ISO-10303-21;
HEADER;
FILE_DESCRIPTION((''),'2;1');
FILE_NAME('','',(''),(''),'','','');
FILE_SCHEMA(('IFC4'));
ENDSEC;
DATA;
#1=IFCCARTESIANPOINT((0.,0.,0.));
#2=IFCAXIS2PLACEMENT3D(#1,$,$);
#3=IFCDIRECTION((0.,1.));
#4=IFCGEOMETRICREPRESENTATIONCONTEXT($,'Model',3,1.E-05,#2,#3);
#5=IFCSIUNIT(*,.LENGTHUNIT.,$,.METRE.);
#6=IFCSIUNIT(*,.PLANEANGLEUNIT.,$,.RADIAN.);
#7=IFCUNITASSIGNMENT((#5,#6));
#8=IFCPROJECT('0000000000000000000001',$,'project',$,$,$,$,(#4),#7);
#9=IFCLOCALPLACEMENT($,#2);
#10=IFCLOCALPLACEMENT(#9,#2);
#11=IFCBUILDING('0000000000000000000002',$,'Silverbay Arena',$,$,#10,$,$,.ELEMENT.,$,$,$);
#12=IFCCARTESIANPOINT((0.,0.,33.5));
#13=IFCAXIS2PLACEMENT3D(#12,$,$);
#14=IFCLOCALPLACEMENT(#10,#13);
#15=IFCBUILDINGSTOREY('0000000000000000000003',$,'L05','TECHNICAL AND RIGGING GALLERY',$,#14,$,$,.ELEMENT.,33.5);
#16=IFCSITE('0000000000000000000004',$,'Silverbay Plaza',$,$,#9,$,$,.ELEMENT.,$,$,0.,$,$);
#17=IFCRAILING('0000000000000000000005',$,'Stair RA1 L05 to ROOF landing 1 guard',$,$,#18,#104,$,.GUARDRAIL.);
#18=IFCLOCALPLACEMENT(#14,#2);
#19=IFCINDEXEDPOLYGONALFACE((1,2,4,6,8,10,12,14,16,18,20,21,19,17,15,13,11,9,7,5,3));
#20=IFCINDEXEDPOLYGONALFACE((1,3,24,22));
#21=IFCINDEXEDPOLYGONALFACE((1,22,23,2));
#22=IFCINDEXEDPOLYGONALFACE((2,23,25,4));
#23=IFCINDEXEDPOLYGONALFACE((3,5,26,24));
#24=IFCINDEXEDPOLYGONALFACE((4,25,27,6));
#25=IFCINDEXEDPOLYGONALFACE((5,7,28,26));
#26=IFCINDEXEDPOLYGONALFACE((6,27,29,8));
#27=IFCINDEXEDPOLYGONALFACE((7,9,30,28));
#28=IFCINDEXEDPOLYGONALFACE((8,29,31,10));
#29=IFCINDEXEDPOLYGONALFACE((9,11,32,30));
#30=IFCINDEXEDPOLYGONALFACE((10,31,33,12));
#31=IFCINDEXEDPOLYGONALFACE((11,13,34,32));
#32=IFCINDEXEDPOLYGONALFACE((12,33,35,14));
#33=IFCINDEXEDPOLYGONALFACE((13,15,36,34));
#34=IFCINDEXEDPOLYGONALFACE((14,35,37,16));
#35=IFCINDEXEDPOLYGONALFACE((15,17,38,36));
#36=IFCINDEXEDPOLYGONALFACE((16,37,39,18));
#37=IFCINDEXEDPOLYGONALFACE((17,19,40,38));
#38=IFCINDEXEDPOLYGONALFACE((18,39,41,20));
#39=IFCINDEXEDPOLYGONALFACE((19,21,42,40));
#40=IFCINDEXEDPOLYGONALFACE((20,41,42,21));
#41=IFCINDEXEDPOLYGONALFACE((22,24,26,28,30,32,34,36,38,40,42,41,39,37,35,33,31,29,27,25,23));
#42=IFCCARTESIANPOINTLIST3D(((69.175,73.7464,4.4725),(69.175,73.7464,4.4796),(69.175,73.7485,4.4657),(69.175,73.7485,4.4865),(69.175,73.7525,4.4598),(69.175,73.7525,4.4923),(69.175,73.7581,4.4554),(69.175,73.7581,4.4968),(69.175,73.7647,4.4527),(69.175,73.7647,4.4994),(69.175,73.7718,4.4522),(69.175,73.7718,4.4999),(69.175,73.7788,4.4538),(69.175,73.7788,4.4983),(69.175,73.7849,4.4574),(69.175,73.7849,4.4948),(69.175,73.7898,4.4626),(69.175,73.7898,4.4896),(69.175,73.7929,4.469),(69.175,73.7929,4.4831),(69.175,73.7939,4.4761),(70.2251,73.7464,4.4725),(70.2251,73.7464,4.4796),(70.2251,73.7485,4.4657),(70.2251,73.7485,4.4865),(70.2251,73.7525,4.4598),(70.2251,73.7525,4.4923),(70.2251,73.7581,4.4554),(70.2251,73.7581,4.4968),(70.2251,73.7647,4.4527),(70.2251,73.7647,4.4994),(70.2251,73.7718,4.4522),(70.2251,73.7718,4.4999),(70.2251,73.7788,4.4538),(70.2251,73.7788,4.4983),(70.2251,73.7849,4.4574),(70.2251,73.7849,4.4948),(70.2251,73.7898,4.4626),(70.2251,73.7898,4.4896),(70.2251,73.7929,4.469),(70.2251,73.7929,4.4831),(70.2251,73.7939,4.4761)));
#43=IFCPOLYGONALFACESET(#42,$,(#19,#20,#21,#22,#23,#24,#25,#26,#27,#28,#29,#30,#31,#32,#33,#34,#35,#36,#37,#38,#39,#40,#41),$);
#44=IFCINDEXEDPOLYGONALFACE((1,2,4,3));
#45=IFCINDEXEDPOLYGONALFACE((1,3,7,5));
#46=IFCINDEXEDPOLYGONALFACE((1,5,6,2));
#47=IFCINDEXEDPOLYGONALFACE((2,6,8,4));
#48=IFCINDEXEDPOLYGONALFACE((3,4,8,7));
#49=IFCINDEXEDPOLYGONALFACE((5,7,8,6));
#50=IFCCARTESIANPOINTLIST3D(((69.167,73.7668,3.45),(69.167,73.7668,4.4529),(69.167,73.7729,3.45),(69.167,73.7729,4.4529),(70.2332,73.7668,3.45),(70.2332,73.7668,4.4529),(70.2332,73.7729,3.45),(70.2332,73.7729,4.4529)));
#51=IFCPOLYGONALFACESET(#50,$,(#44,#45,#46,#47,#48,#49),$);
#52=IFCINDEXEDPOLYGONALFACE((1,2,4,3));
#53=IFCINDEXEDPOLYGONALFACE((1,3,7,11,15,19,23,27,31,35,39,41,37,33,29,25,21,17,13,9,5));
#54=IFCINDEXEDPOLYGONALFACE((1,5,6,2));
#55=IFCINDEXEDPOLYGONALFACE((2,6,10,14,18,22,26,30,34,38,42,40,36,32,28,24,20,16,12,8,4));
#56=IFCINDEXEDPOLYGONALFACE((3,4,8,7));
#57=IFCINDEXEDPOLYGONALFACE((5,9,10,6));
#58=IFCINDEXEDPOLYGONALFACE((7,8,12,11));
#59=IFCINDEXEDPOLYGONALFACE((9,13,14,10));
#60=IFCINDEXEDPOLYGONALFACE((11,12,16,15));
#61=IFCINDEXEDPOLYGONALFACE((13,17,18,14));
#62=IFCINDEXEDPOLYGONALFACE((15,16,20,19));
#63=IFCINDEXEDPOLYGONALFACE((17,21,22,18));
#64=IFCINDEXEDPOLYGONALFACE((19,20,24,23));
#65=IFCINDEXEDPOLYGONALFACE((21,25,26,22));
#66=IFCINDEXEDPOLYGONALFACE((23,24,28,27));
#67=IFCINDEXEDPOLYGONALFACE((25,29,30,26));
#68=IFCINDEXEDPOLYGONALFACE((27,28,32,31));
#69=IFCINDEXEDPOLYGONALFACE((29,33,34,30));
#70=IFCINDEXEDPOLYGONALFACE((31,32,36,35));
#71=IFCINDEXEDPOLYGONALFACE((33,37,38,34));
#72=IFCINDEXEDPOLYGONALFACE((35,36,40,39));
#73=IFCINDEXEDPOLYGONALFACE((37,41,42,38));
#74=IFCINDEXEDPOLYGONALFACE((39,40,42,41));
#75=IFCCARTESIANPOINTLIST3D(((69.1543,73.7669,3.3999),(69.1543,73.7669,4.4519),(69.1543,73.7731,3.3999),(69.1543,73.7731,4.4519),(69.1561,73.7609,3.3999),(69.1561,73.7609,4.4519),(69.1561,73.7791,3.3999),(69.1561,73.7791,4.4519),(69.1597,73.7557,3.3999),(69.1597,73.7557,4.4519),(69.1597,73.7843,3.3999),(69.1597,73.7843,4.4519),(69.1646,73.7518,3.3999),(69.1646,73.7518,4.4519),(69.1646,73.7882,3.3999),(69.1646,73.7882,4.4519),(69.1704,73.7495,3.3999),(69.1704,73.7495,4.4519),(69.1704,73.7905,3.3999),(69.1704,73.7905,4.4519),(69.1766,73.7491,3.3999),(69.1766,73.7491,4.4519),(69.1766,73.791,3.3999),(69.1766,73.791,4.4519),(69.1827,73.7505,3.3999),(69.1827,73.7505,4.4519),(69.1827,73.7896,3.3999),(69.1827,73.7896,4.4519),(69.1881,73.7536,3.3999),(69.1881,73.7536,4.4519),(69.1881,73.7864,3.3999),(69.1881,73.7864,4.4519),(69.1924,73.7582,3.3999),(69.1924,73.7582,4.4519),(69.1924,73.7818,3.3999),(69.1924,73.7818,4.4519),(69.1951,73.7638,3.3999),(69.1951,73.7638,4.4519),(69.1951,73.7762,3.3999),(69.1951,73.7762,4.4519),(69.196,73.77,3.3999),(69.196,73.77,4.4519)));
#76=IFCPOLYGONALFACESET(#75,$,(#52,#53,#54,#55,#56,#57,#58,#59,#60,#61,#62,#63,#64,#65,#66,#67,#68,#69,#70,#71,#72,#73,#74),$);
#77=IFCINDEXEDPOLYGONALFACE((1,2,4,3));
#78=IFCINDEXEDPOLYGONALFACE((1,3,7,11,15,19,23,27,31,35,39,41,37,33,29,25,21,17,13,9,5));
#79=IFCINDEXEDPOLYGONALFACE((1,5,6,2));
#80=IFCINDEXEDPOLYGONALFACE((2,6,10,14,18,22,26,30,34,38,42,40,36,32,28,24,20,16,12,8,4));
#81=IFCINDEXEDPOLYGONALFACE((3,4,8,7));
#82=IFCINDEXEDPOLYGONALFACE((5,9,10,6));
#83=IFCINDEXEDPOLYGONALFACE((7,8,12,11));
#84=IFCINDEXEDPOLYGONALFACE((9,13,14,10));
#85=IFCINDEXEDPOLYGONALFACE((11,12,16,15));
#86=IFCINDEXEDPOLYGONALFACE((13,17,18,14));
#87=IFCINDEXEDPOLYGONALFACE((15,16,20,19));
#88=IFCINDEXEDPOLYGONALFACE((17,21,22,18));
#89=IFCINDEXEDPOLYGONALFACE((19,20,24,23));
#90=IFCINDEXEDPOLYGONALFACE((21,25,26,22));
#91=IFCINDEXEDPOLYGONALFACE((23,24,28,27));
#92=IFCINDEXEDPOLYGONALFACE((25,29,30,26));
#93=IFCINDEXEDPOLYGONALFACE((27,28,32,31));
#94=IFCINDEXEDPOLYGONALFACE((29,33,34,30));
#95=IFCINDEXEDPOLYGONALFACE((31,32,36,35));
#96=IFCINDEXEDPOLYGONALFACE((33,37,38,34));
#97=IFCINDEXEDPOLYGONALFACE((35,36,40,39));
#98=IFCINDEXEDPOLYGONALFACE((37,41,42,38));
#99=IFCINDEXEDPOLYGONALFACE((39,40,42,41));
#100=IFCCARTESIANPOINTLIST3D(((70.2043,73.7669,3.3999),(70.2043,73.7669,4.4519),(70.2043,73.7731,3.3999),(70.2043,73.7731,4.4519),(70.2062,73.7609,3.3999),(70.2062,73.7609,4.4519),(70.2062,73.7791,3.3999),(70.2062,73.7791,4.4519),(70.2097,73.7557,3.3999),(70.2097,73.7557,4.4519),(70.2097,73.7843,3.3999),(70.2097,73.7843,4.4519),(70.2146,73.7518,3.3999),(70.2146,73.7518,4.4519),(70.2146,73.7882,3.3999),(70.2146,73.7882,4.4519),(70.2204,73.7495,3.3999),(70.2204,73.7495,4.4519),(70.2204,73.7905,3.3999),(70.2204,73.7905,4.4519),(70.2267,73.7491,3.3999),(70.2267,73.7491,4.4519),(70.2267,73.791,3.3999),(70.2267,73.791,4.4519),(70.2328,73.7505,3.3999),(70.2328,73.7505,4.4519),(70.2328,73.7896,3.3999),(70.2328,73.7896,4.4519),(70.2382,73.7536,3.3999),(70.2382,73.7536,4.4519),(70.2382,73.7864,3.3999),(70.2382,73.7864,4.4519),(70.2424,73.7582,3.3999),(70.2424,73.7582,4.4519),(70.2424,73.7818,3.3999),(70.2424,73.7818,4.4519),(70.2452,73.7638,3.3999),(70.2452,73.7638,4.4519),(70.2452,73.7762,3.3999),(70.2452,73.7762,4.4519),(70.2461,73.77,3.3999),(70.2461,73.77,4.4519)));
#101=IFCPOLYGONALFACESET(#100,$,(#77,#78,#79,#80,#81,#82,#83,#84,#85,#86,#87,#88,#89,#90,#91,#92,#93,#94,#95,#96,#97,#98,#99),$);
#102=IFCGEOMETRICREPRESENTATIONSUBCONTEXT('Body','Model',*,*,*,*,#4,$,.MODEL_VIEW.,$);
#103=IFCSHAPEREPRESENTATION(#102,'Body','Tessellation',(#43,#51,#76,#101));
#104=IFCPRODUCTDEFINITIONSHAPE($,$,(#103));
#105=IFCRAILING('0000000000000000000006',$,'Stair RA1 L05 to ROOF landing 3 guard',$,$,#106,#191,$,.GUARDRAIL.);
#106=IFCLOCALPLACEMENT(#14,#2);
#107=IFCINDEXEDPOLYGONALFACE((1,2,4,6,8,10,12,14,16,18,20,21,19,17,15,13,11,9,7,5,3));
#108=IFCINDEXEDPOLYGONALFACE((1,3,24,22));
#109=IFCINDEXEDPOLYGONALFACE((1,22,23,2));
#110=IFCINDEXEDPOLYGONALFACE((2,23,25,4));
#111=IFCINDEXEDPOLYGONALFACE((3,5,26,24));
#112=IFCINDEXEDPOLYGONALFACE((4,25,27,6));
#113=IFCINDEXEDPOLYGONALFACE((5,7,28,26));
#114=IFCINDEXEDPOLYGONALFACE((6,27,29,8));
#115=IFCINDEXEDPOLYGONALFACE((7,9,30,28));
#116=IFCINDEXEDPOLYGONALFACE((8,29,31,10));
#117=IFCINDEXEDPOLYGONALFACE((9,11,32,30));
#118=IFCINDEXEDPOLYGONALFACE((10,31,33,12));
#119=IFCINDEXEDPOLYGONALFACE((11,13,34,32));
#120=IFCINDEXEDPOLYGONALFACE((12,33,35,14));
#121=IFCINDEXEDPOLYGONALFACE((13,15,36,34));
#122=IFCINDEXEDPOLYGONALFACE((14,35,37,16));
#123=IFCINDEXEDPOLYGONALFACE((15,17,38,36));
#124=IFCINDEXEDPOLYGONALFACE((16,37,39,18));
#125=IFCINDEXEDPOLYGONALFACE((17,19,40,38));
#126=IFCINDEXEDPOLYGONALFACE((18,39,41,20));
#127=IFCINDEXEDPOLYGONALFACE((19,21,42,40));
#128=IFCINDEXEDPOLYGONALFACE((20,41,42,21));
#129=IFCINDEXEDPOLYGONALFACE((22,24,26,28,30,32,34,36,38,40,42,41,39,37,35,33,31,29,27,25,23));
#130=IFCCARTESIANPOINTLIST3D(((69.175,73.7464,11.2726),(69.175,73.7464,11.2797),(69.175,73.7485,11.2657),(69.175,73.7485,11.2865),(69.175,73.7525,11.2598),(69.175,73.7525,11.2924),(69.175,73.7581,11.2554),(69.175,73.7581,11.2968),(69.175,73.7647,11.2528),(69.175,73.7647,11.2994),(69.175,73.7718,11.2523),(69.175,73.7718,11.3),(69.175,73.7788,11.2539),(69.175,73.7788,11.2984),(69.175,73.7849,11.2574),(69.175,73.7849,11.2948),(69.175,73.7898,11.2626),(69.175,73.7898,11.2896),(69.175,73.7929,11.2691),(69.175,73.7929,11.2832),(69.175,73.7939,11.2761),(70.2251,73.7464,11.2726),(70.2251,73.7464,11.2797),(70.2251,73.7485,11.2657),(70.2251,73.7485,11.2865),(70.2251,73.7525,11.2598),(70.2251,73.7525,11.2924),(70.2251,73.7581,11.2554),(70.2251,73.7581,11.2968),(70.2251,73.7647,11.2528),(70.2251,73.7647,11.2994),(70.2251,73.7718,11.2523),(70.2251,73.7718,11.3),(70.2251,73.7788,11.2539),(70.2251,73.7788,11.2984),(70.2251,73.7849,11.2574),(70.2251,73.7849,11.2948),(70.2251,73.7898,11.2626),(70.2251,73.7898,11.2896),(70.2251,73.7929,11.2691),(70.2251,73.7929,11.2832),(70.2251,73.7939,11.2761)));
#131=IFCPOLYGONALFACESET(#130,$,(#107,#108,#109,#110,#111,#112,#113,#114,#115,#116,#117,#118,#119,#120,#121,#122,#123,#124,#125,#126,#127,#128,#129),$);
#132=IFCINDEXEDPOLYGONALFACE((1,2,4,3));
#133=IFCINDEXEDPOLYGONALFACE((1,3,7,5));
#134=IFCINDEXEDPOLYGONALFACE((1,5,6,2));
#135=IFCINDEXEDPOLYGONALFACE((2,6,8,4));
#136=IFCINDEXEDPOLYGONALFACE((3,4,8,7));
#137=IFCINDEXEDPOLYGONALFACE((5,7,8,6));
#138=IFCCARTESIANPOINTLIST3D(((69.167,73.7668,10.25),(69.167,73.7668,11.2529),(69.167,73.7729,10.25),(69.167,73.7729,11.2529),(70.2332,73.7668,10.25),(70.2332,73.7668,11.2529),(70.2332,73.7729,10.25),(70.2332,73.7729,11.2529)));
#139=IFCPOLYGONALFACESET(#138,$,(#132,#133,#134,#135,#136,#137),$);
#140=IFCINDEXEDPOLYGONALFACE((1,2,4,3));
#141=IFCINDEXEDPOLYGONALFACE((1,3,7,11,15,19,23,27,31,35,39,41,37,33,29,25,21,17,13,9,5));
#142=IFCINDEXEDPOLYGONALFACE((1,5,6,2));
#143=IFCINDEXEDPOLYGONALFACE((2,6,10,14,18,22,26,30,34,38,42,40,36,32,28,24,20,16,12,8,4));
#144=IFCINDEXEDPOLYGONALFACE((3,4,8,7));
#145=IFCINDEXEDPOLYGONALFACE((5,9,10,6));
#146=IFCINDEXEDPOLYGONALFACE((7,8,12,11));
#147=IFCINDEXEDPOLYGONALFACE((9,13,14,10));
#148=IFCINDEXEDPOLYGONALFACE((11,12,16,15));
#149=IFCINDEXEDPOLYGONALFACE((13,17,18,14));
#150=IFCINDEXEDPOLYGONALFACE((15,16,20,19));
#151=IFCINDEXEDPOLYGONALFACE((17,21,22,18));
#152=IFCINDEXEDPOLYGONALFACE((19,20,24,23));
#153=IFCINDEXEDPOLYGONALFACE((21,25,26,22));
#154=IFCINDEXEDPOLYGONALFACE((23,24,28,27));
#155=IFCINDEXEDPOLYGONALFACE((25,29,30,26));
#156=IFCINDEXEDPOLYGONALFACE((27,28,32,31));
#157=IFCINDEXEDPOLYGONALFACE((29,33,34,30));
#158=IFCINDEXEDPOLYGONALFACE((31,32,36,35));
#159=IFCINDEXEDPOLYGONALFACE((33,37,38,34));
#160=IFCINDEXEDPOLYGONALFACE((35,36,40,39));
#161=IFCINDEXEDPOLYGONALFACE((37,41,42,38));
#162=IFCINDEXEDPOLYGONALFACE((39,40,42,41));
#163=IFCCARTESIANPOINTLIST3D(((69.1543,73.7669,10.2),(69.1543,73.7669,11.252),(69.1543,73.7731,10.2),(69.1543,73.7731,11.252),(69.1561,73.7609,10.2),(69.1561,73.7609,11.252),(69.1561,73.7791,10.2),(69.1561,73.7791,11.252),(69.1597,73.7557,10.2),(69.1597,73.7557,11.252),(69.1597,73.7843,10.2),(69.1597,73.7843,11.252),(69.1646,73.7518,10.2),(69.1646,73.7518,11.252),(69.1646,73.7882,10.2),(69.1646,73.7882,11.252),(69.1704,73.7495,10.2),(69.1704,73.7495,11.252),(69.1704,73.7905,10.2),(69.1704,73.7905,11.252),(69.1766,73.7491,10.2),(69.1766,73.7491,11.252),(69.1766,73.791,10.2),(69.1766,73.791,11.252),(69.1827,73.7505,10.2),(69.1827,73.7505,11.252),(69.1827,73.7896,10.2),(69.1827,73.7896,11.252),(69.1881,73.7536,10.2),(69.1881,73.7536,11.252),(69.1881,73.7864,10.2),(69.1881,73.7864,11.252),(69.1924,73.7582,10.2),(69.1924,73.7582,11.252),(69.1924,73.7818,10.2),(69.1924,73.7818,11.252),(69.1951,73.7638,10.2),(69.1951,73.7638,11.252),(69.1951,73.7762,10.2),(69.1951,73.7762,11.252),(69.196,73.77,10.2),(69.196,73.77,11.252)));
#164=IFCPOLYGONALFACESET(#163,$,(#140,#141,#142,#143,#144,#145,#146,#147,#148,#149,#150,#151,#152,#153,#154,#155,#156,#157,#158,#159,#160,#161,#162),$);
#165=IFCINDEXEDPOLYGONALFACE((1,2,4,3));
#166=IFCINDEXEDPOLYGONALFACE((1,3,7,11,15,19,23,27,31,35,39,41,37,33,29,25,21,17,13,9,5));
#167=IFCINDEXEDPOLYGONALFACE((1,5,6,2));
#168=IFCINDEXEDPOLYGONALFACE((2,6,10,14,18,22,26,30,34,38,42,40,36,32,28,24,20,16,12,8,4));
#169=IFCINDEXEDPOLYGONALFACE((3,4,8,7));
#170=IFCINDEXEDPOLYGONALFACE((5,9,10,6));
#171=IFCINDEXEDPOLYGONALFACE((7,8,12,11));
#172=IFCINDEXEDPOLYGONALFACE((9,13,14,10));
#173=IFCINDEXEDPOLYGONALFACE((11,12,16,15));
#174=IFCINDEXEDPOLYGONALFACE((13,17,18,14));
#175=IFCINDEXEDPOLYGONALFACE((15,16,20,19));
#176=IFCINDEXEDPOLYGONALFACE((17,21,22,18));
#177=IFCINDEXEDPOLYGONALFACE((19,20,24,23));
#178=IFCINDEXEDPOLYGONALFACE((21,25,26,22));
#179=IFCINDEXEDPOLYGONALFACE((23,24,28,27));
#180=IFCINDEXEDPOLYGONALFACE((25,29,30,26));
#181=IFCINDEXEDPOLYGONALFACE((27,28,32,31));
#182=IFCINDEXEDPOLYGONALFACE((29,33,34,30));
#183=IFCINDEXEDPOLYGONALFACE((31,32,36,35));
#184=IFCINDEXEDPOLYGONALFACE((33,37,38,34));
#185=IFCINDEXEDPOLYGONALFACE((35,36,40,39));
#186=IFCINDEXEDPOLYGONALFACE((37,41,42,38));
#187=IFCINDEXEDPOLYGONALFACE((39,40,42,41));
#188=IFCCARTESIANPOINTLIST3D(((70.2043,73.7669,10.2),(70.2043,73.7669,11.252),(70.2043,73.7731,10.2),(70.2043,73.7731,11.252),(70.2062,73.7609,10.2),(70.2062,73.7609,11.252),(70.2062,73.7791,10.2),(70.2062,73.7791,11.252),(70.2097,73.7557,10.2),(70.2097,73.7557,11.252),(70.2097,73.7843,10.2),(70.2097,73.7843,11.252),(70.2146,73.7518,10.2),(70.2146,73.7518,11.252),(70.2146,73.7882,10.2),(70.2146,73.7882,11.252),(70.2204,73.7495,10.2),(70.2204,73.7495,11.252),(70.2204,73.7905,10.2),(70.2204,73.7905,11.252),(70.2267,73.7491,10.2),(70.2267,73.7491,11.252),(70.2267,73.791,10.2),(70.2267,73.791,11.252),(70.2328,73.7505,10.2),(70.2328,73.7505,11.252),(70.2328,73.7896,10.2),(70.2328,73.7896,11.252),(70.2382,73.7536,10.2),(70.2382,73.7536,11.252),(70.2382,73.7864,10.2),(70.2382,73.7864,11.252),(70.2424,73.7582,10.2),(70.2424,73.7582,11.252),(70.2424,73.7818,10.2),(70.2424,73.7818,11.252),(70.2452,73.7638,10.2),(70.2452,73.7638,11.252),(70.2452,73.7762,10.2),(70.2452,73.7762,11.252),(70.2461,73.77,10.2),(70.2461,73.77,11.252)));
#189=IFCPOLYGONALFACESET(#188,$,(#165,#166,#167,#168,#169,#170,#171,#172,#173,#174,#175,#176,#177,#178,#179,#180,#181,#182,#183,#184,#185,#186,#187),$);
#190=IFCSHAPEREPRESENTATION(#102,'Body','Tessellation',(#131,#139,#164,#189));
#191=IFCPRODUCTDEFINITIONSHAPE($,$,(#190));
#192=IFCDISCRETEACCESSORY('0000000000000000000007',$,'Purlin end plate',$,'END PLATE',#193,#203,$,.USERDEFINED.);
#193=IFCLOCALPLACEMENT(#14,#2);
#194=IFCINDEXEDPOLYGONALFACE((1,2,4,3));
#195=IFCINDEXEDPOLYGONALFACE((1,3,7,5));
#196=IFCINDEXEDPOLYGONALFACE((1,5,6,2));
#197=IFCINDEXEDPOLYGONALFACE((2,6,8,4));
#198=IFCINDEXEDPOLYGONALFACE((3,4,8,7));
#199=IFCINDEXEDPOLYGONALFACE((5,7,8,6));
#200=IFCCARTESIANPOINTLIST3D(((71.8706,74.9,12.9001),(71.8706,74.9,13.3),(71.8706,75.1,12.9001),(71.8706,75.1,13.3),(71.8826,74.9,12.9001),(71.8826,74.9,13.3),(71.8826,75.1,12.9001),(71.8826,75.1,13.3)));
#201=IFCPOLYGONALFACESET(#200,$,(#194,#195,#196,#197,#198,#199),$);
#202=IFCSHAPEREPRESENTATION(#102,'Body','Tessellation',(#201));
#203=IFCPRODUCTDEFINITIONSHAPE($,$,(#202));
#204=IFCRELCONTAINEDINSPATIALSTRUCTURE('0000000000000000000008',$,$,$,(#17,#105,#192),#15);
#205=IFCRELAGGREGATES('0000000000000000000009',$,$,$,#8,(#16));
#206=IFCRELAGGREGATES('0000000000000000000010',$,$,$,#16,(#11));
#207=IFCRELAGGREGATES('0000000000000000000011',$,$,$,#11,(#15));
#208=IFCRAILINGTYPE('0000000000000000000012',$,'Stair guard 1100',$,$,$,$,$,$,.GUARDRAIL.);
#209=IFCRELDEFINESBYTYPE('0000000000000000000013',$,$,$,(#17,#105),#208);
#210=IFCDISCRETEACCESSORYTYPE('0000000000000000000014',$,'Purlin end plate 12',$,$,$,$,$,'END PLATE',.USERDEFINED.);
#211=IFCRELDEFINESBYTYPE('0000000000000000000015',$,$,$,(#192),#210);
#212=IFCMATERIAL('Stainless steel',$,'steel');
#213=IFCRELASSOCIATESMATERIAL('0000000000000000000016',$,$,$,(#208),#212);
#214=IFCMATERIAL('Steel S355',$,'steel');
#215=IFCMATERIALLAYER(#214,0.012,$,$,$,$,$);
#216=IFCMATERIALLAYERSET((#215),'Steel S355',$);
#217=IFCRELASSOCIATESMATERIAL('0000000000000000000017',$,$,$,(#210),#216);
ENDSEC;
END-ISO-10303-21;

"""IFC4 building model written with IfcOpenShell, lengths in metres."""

from ifc_helpers import new_model, si_unit, direction, frame, origin, origin_2d, place, context, subcontext, project, spatial, polyline, rectangle, circle, outline, extrude, material, layer, layer_set, type_object, element, save


model = new_model("IFC4")

# Units and contexts
model_context = context("Model", 3, precision=1e-05, world=origin(), true_north=direction((0.0, 1.0)))
body_context = subcontext(model_context, "Body", "Model", "MODEL_VIEW")
ifc_project = project(units=[si_unit("LENGTHUNIT", "METRE"), si_unit("PLANEANGLEUNIT", "RADIAN")], contexts=[model_context])

# Site, building, storey
site_placement = place(None, origin())
site = spatial("IfcSite", under=ifc_project, at=site_placement, Name="Silverbay Plaza", CompositionType="ELEMENT", RefElevation=0.0)
building_placement = place(site_placement, origin())
building = spatial("IfcBuilding", under=site, at=building_placement, Name="Silverbay Arena", CompositionType="ELEMENT")
storey_placement = place(building_placement, frame((0.0, 0.0, 33.5)))
storey = spatial("IfcBuildingStorey", under=building, at=storey_placement, Name="L05", Description="TECHNICAL AND RIGGING GALLERY", CompositionType="ELEMENT", Elevation=33.5)

# Railings
ifc_material_1 = material(Name="Stainless steel", Category="steel")
railing_type_1 = type_object("IfcRailingType", Name="Stair guard 1100", PredefinedType="GUARDRAIL", material=ifc_material_1)
railing_1_placement = place(storey_placement, frame((69.175, 73.77, 3.3999)))
element("IfcRailing", 1, at=railing_1_placement, inside=storey, type_object=railing_type_1, Name="Stair RA1 L05 to ROOF landing 1 guard", PredefinedType="GUARDRAIL", context=body_context, shape_type="SweptSolid", body=[
    extrude(circle(Radius=0.0239, at=origin_2d()), frame((0.0, 0.0, 1.0762), z_axis=(1.0, 0.0, 0.0), x_axis=(0.0, 1.0, 0.0)), (0.0, 0.0, 1.0), 1.05),
    extrude(outline(polyline([(-0.0081, 0.05), (1.0581, 0.05), (1.0581, 1.053), (-0.0081, 1.053), (-0.0081, 0.05)])), frame((0.0, 0.0029, 0.0), z_axis=(0.0, -1.0, 0.0), x_axis=(1.0, 0.0, 0.0)), (0.0, 0.0, 1.0), 0.0061),
    extrude(circle(Radius=0.021, at=origin_2d()), origin(), (0.0, 0.0, 1.0), 1.052),
    extrude(circle(Radius=0.021, at=origin_2d()), frame((1.05, 0.0, 0.0)), (0.0, 0.0, 1.0), 1.052),
])
railing_2_placement = place(storey_placement, frame((69.175, 73.77, 10.2)))
element("IfcRailing", 2, at=railing_2_placement, inside=storey, type_object=railing_type_1, Name="Stair RA1 L05 to ROOF landing 3 guard", PredefinedType="GUARDRAIL", context=body_context, shape_type="SweptSolid", body=[
    extrude(circle(Radius=0.0239, at=origin_2d()), frame((0.0, 0.0, 1.0762), z_axis=(1.0, 0.0, 0.0), x_axis=(0.0, 1.0, 0.0)), (0.0, 0.0, 1.0), 1.05),
    extrude(outline(polyline([(-0.0081, 0.05), (1.0581, 0.05), (1.0581, 1.053), (-0.0081, 1.053), (-0.0081, 0.05)])), frame((0.0, 0.0029, 0.0), z_axis=(0.0, -1.0, 0.0), x_axis=(1.0, 0.0, 0.0)), (0.0, 0.0, 1.0), 0.0061),
    extrude(circle(Radius=0.021, at=origin_2d()), origin(), (0.0, 0.0, 1.0), 1.052),
    extrude(circle(Radius=0.021, at=origin_2d()), frame((1.05, 0.0, 0.0)), (0.0, 0.0, 1.0), 1.052),
])

# Discrete accessory
ifc_material_2 = material(Name="Steel S355", Category="steel")
ifc_layer = layer(ifc_material_2, 0.012)
ifc_layer_set = layer_set([ifc_layer], Name="Steel S355")
discrete_accessory_type = type_object("IfcDiscreteAccessoryType", Name="Purlin end plate 12", ElementType="END PLATE", PredefinedType="USERDEFINED", material=ifc_layer_set)
discrete_accessory_placement = place(storey_placement, frame((71.8706, 75.0, 13.1001), z_axis=(1.0, 0.0, 0.0), x_axis=(0.0, 1.0, 0.0)))
element("IfcDiscreteAccessory", 3, at=discrete_accessory_placement, inside=storey, type_object=discrete_accessory_type, Name="Purlin end plate", ObjectType="END PLATE", PredefinedType="USERDEFINED", context=body_context, shape_type="SweptSolid", body=[
    extrude(rectangle(XDim=0.2, YDim=0.3999, at=origin_2d()), origin(), (0.0, 0.0, 1.0), 0.012),
])

save(model, "model.ifc")
